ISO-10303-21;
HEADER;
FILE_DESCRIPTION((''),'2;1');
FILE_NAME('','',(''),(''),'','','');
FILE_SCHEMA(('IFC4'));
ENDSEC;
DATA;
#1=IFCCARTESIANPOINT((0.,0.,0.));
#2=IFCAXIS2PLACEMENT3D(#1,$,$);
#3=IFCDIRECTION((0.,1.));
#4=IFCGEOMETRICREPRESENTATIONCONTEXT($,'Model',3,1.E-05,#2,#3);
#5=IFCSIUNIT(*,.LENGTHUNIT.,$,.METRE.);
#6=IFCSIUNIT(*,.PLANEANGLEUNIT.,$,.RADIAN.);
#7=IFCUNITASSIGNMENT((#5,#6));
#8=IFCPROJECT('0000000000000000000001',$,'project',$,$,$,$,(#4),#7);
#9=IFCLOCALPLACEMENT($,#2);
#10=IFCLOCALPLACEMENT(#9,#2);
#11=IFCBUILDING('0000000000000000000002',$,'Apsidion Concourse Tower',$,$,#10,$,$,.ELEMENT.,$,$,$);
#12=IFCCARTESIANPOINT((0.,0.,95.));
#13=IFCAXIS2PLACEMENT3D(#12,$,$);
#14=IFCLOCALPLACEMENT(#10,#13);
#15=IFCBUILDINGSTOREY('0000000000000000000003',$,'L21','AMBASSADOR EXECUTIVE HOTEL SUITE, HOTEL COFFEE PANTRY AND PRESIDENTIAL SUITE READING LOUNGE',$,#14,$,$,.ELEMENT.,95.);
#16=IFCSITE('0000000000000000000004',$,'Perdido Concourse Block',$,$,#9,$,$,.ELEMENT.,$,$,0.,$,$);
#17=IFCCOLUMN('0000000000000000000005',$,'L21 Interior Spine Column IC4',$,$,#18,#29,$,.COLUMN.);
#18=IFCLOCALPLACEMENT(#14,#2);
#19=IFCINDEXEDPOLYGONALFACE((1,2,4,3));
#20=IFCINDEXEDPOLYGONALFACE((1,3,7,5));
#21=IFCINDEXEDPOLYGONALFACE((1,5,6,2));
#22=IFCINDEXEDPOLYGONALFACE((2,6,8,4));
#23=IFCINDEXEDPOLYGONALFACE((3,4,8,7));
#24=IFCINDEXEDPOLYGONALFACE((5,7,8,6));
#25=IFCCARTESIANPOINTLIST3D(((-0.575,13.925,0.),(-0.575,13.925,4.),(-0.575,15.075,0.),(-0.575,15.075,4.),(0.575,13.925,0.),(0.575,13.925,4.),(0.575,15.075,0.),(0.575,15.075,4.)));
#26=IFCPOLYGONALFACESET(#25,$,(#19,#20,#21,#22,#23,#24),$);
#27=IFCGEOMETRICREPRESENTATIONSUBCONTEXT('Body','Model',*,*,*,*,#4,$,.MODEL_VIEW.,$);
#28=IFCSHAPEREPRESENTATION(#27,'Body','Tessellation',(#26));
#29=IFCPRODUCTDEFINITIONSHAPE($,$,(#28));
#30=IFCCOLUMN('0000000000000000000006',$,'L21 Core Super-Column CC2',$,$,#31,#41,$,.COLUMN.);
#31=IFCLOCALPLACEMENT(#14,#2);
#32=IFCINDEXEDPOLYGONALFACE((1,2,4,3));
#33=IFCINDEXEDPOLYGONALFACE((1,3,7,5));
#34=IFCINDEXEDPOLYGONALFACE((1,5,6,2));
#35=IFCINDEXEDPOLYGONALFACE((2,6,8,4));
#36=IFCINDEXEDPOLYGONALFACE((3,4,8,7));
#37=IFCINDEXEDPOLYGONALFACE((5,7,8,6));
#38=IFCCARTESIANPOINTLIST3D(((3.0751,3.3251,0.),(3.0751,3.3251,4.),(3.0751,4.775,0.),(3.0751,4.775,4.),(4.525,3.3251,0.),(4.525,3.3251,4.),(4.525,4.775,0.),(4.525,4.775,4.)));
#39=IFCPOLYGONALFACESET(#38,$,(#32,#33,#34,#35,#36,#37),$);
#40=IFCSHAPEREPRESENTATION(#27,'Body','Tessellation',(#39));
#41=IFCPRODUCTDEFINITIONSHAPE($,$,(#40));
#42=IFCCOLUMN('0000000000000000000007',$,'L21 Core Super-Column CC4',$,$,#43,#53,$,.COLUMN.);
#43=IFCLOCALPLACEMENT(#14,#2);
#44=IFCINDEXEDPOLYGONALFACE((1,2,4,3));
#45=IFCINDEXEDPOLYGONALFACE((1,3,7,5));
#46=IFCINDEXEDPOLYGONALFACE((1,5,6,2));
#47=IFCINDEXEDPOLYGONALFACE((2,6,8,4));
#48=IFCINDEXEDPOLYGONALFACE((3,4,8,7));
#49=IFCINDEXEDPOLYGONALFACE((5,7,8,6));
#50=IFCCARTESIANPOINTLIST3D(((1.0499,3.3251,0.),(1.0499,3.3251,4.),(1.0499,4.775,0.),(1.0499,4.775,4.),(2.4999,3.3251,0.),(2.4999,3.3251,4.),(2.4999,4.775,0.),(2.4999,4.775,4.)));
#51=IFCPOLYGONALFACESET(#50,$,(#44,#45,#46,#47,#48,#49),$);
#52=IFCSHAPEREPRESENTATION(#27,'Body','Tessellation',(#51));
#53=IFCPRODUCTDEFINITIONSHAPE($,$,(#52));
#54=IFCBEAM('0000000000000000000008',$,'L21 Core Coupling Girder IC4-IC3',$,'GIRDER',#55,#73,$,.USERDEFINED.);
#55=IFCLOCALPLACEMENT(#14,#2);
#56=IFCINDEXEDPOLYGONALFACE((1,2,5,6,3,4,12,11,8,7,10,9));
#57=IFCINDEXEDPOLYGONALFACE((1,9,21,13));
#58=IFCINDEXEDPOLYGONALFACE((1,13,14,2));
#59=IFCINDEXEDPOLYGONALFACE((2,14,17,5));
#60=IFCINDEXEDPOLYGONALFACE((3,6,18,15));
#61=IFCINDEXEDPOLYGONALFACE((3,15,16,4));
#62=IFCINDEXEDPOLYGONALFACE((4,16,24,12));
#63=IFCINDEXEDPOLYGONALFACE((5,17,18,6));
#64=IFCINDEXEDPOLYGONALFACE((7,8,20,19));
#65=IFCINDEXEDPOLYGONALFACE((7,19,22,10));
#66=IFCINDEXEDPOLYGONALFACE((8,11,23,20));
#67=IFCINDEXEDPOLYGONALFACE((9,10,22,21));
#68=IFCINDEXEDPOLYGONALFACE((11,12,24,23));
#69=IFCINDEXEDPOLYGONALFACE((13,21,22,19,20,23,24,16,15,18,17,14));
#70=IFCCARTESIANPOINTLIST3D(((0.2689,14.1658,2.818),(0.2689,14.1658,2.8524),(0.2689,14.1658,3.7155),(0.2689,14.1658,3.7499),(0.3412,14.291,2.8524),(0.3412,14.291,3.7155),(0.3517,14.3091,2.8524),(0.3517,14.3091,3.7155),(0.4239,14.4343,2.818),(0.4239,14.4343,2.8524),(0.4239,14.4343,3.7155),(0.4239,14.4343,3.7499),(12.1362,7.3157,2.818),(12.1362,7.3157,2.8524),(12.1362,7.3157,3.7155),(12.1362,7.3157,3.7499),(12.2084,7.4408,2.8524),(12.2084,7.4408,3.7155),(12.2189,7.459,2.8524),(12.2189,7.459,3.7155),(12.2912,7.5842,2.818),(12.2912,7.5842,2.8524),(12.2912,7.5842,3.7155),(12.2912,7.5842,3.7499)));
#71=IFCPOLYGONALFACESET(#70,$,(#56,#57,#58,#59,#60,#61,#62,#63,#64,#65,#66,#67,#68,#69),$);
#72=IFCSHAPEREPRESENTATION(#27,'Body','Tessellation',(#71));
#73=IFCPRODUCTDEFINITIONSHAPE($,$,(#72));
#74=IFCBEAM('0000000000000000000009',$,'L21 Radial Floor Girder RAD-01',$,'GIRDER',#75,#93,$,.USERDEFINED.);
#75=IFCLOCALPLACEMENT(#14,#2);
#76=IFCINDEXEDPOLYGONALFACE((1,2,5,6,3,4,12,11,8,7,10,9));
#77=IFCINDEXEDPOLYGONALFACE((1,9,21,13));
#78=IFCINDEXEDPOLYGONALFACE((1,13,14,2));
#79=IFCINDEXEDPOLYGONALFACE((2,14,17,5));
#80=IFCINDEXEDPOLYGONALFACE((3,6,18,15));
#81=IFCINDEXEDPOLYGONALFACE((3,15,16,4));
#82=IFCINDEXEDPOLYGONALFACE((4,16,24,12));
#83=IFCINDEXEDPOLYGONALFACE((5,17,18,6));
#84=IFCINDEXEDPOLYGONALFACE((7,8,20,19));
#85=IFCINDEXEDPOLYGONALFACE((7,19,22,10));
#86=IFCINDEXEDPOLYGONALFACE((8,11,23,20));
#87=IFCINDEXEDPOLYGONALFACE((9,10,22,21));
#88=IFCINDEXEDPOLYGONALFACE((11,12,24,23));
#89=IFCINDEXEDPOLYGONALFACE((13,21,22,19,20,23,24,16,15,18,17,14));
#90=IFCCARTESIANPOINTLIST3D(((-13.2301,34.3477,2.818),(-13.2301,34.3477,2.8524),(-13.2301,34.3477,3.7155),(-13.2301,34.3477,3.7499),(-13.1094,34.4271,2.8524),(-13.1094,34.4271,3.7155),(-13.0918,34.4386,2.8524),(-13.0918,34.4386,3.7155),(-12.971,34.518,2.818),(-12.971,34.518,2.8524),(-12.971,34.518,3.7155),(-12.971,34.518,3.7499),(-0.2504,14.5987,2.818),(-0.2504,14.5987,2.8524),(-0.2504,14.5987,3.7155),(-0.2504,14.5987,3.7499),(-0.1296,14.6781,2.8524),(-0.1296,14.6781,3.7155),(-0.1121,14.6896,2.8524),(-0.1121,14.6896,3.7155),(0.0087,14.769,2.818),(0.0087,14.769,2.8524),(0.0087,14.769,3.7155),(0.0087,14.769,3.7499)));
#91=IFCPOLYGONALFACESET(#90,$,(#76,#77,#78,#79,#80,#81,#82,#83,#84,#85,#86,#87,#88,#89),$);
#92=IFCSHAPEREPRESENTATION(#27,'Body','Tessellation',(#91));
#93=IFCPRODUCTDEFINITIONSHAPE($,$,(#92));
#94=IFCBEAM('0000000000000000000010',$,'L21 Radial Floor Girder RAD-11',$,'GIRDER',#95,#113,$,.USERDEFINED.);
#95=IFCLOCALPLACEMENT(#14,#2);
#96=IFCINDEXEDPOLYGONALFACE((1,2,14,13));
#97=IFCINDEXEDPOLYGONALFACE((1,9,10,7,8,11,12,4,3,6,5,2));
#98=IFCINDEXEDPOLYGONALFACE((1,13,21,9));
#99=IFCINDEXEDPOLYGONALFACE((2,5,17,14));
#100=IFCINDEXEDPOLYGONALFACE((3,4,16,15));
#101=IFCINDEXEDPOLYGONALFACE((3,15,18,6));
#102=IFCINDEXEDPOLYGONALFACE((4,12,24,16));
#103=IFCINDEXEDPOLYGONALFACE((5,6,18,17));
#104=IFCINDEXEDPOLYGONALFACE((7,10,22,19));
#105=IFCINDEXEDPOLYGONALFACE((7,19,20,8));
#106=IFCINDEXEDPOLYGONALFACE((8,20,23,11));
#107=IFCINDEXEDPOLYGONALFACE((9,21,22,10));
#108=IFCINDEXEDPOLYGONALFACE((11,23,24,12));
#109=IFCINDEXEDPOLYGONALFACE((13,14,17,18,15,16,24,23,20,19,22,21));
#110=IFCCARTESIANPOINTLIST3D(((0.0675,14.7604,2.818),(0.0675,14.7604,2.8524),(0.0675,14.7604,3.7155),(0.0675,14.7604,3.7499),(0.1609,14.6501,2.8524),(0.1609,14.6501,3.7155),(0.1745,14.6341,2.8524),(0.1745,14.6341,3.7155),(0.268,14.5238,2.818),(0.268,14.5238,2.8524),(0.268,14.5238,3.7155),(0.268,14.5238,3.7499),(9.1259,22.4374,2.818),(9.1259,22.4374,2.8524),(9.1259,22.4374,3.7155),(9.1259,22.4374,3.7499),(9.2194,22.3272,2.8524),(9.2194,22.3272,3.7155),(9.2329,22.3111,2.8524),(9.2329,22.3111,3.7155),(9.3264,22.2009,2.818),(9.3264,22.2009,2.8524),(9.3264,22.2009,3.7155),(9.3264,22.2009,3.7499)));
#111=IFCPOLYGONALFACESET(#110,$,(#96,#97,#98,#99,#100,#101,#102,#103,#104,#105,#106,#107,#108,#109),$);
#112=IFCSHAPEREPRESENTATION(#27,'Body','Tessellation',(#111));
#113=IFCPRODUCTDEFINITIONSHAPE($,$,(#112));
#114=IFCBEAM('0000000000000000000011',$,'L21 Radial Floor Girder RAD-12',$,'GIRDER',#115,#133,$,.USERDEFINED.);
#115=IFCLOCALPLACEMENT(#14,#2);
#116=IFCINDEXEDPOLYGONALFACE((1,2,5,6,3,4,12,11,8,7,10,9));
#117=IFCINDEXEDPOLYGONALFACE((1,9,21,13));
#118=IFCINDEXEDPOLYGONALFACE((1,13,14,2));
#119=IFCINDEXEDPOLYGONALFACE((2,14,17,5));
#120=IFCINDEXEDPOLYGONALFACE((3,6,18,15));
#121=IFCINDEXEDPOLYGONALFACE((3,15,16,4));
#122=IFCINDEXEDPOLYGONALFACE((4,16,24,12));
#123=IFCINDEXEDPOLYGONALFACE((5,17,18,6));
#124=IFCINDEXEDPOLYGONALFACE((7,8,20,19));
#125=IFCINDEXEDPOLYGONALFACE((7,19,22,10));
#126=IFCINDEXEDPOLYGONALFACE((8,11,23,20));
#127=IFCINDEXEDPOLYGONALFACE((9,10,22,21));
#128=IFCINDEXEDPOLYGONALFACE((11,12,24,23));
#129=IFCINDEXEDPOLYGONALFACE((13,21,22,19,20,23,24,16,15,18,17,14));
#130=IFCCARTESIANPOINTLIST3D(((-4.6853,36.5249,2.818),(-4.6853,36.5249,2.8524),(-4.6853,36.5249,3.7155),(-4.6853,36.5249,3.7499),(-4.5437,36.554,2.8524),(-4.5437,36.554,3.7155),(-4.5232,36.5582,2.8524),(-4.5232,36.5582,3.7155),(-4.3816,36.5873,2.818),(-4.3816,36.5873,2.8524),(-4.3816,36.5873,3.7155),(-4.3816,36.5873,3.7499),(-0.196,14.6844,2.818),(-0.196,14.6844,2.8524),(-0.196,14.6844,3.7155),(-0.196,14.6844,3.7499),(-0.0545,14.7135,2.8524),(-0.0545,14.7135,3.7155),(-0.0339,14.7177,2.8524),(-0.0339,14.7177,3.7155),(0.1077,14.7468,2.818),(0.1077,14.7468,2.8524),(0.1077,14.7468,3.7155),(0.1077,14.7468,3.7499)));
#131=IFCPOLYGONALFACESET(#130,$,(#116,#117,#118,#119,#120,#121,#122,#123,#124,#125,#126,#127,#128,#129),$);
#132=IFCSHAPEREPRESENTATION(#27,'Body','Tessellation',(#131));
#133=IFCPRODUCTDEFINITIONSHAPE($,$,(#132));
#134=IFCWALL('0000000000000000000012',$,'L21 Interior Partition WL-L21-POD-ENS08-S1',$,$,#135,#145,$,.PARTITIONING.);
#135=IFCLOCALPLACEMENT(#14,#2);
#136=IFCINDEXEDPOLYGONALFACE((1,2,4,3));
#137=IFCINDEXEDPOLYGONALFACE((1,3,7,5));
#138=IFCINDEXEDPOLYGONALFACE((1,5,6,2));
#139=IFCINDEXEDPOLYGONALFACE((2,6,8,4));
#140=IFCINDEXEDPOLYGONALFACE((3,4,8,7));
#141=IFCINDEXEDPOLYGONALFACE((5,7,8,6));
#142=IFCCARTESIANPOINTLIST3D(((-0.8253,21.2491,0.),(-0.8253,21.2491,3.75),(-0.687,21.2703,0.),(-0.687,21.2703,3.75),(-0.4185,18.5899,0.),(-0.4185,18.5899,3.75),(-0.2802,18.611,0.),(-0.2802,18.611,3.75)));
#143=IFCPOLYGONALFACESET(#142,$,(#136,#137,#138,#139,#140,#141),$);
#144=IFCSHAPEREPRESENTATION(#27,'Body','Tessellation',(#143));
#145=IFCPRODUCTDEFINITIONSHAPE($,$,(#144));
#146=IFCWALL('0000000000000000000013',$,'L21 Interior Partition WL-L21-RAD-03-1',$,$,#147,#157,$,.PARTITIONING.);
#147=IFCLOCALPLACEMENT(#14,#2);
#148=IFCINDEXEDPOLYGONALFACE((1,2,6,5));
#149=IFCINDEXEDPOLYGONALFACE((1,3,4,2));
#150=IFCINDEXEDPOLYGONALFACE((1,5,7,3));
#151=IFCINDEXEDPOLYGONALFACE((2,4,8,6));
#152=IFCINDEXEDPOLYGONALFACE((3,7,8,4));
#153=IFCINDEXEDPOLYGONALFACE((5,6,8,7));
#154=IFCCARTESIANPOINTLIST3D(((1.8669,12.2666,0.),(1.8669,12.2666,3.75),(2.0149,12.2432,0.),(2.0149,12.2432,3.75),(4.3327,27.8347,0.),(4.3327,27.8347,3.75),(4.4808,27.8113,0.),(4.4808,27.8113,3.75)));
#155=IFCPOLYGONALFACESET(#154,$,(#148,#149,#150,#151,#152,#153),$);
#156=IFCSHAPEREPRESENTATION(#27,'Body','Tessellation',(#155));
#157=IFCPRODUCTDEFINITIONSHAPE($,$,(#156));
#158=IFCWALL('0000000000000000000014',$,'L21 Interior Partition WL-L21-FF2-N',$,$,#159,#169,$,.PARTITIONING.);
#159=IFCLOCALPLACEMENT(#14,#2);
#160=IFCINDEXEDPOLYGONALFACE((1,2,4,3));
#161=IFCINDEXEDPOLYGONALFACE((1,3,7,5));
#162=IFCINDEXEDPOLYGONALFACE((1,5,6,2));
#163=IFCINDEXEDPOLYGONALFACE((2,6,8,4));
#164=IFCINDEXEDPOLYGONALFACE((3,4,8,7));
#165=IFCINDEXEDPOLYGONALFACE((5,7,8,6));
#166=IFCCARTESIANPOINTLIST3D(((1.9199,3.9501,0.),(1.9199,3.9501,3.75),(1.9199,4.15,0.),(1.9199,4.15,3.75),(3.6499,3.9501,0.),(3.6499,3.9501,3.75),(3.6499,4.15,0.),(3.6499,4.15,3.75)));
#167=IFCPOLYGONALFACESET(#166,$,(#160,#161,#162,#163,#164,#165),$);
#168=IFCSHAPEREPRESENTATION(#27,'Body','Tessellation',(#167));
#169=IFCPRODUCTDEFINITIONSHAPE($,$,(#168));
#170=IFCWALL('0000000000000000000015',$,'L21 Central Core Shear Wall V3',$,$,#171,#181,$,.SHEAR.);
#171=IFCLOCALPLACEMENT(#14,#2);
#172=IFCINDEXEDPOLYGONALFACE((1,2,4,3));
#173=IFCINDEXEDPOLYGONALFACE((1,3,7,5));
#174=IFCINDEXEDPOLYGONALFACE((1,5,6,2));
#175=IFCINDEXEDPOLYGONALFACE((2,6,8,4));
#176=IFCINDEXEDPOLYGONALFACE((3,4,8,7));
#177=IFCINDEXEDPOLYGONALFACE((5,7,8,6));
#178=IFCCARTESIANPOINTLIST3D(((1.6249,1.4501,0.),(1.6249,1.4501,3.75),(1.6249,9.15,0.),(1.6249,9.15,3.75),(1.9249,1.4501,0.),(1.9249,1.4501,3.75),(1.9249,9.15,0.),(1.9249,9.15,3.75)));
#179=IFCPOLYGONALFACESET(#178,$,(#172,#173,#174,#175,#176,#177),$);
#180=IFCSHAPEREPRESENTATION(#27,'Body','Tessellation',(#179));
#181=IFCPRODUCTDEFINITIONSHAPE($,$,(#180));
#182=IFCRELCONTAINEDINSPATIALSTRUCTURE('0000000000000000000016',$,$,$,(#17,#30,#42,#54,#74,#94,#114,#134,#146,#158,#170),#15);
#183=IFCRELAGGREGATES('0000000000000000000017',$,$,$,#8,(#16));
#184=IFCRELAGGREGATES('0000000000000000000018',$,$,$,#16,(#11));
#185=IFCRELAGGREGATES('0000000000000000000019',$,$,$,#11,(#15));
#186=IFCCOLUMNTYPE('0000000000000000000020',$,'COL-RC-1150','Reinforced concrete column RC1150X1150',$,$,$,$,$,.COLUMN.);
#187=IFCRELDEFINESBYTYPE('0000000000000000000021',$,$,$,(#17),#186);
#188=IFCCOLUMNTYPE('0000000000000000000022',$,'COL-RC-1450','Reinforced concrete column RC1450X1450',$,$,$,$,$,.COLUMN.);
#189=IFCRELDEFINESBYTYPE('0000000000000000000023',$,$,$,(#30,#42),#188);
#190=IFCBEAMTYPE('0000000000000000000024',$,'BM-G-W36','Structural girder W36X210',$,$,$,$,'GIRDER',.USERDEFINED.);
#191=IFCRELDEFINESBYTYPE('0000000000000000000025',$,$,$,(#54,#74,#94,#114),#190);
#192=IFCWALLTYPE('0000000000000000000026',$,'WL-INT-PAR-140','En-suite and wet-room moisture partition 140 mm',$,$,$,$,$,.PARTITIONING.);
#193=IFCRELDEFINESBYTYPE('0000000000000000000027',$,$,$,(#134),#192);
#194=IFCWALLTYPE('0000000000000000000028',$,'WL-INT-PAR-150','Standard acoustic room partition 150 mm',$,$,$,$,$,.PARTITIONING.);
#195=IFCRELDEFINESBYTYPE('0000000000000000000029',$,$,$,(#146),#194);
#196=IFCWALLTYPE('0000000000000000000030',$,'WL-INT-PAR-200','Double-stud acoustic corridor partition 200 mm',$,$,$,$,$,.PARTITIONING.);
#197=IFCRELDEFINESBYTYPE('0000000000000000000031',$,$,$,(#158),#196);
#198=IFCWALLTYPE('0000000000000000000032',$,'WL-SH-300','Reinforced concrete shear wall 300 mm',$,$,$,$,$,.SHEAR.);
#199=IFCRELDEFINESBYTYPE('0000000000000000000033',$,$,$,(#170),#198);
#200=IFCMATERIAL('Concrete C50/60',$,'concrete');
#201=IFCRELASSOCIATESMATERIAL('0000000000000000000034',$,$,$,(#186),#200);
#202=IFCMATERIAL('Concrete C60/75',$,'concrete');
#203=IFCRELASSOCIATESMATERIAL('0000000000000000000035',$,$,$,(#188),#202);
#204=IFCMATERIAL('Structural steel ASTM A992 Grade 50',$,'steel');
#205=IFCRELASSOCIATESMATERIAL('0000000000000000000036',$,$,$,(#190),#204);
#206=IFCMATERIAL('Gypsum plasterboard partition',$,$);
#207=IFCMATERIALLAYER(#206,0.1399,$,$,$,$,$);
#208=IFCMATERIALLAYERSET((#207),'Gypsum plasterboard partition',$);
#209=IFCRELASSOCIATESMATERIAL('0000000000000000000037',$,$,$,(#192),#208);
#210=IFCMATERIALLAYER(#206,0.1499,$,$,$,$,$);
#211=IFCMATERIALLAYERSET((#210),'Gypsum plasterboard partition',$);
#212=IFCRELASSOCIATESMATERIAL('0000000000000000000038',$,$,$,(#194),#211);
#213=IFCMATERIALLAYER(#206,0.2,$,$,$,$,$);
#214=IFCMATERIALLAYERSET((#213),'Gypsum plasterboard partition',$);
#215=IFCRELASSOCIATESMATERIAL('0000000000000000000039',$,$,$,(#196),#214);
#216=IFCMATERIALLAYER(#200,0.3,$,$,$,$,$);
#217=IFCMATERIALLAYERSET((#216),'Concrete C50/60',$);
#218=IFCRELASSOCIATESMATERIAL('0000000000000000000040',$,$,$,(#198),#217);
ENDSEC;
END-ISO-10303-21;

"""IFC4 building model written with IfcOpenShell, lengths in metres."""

from ifc_helpers import new_model, si_unit, direction, frame, frame_2d, origin, origin_2d, place, context, subcontext, project, spatial, rectangle, i_section, extrude, material, layer, layer_set, material_profile, profile_set, type_object, element, save


model = new_model("IFC4")

# Units and contexts
model_context = context("Model", 3, precision=1e-05, world=origin(), true_north=direction((0.0, 1.0)))
body_context = subcontext(model_context, "Body", "Model", "MODEL_VIEW")
ifc_project = project(units=[si_unit("LENGTHUNIT", "METRE"), si_unit("PLANEANGLEUNIT", "RADIAN")], contexts=[model_context])

# Site, building, storey
site_placement = place(None, origin())
site = spatial("IfcSite", under=ifc_project, at=site_placement, Name="Perdido Concourse Block", CompositionType="ELEMENT", RefElevation=0.0)
building_placement = place(site_placement, origin())
building = spatial("IfcBuilding", under=site, at=building_placement, Name="Apsidion Concourse Tower", CompositionType="ELEMENT")
storey_placement = place(building_placement, frame((0.0, 0.0, 95.0)))
storey = spatial("IfcBuildingStorey", under=building, at=storey_placement, Name="L21", Description="AMBASSADOR EXECUTIVE HOTEL SUITE, HOTEL COFFEE PANTRY AND PRESIDENTIAL SUITE READING LOUNGE", CompositionType="ELEMENT", Elevation=95.0)

# Columns
ifc_material_1 = material(Name="Concrete C50/60", Category="concrete")
ifc_material_profile_1 = material_profile(ifc_material_1, rectangle(XDim=1.1499, YDim=1.1499, at=origin_2d()), Name="RC 1150x1150")
ifc_profile_set_1 = profile_set([ifc_material_profile_1], Name="Concrete C50/60")
column_type_1 = type_object("IfcColumnType", Name="COL-RC-1150", Description="Reinforced concrete column RC1150X1150", PredefinedType="COLUMN", material=ifc_profile_set_1)
column_placement = place(storey_placement, frame((0.0, 14.5, 0.0), z_axis=(0.0, 0.0, 1.0), x_axis=(1.0, 0.0, 0.0)))
element("IfcColumn", 1, at=column_placement, inside=storey, type_object=column_type_1, Name="L21 Interior Spine Column IC4", PredefinedType="COLUMN", context=body_context, shape_type="SweptSolid", body=[
    extrude(rectangle(XDim=1.1499, YDim=1.1499, at=origin_2d()), origin(), (0.0, 0.0, 1.0), 4.0),
])
ifc_material_2 = material(Name="Concrete C60/75", Category="concrete")
ifc_material_profile_2 = material_profile(ifc_material_2, rectangle(XDim=1.45, YDim=1.45, at=origin_2d()), Name="RC 1450x1450")
ifc_profile_set_2 = profile_set([ifc_material_profile_2], Name="Concrete C60/75")
column_type_2 = type_object("IfcColumnType", Name="COL-RC-1450", Description="Reinforced concrete column RC1450X1450", PredefinedType="COLUMN", material=ifc_profile_set_2)
for number, where, z_axis, x_axis, name in (
    (2, (3.8, 4.05, 0.0), (0.0, 0.0, 1.0), (1.0, 0.0, 0.0), "L21 Core Super-Column CC2"),
    (3, (1.7749, 4.05, 0.0), (0.0, 0.0, 1.0), (1.0, 0.0, 0.0), "L21 Core Super-Column CC4"),
):
    element("IfcColumn", number, at=place(storey_placement, frame(where, z_axis=z_axis, x_axis=x_axis)), inside=storey, type_object=column_type_2, Name=name, PredefinedType="COLUMN", context=body_context, shape_type="SweptSolid", body=[
        extrude(rectangle(XDim=1.45, YDim=1.45, at=origin_2d()), origin(), (0.0, 0.0, 1.0), 4.0),
    ])

# Beams
ifc_material_3 = material(Name="Structural steel ASTM A992 Grade 50", Category="steel")
ifc_material_profile_3 = material_profile(ifc_material_3, i_section(OverallWidth=0.3101, OverallDepth=0.9319, WebThickness=0.021, FlangeThickness=0.0344, at=origin_2d()), Name="W36X210")
ifc_profile_set_3 = profile_set([ifc_material_profile_3], Name="Structural steel ASTM A992 Grade 50")
beam_type = type_object("IfcBeamType", Name="BM-G-W36", Description="Structural girder W36X210", ElementType="GIRDER", PredefinedType="USERDEFINED", material=ifc_profile_set_3)
beam_1_placement = place(storey_placement, frame((0.3464, 14.3, 3.2839), z_axis=(0.86607, -0.499922, 0.0), x_axis=(0.499922, 0.86607, 0.0)))
element("IfcBeam", 4, at=beam_1_placement, inside=storey, type_object=beam_type, Name="L21 Core Coupling Girder IC4-IC3", ObjectType="GIRDER", PredefinedType="USERDEFINED", context=body_context, shape_type="SweptSolid", body=[
    extrude(i_section(OverallWidth=0.3101, OverallDepth=0.9319, WebThickness=0.021, FlangeThickness=0.0344, at=origin_2d()), origin(), (0.0, 0.0, 1.0), 13.7024),
])
beam_2_placement = place(storey_placement, frame((-0.1208, 14.6838, 3.2839), z_axis=(-0.549231, 0.83567, 0.0), x_axis=(-0.83567, -0.549231, 0.0)))
element("IfcBeam", 5, at=beam_2_placement, inside=storey, type_object=beam_type, Name="L21 Radial Floor Girder RAD-01", ObjectType="GIRDER", PredefinedType="USERDEFINED", context=body_context, shape_type="SweptSolid", body=[
    extrude(i_section(OverallWidth=0.3101, OverallDepth=0.9319, WebThickness=0.021, FlangeThickness=0.0344, at=origin_2d()), origin(), (0.0, 0.0, 1.0), 23.6326),
])
beam_3_placement = place(storey_placement, frame((0.1677, 14.6421, 3.2839), z_axis=(0.762878, 0.646543, 0.0), x_axis=(-0.646543, 0.762878, 0.0)))
element("IfcBeam", 6, at=beam_3_placement, inside=storey, type_object=beam_type, Name="L21 Radial Floor Girder RAD-11", ObjectType="GIRDER", PredefinedType="USERDEFINED", context=body_context, shape_type="SweptSolid", body=[
    extrude(i_section(OverallWidth=0.3101, OverallDepth=0.9319, WebThickness=0.021, FlangeThickness=0.0344, at=origin_2d()), origin(), (0.0, 0.0, 1.0), 11.874),
])
beam_4_placement = place(storey_placement, frame((-0.0442, 14.7156, 3.2839), z_axis=(-0.201337, 0.979522, 0.0), x_axis=(-0.979522, -0.201337, 0.0)))
element("IfcBeam", 7, at=beam_4_placement, inside=storey, type_object=beam_type, Name="L21 Radial Floor Girder RAD-12", ObjectType="GIRDER", PredefinedType="USERDEFINED", context=body_context, shape_type="SweptSolid", body=[
    extrude(i_section(OverallWidth=0.3101, OverallDepth=0.9319, WebThickness=0.021, FlangeThickness=0.0344, at=origin_2d()), origin(), (0.0, 0.0, 1.0), 22.2971),
])

# Walls
ifc_material_4 = material(Name="Gypsum plasterboard partition")
ifc_layer_1 = layer(ifc_material_4, 0.1399)
ifc_layer_set_1 = layer_set([ifc_layer_1], Name="Gypsum plasterboard partition")
wall_type_1 = type_object("IfcWallType", Name="WL-INT-PAR-140", Description="En-suite and wet-room moisture partition 140 mm", PredefinedType="PARTITIONING", material=ifc_layer_set_1)
wall_1_placement = place(storey_placement, frame((-0.3494, 18.6003, 0.0), z_axis=(0.0, 0.0, 1.0), x_axis=(-0.151198, 0.988504, 0.0)))
element("IfcWall", 8, at=wall_1_placement, inside=storey, type_object=wall_type_1, Name="L21 Interior Partition WL-L21-POD-ENS08-S1", PredefinedType="PARTITIONING", context=body_context, shape_type="SweptSolid", body=[
    extrude(rectangle(XDim=2.6902, YDim=0.1399, at=frame_2d((1.3452, 0.0))), origin(), (0.0, 0.0, 1.0), 3.75),
])
ifc_layer_2 = layer(ifc_material_4, 0.1499)
ifc_layer_set_2 = layer_set([ifc_layer_2], Name="Gypsum plasterboard partition")
wall_type_2 = type_object("IfcWallType", Name="WL-INT-PAR-150", Description="Standard acoustic room partition 150 mm", PredefinedType="PARTITIONING", material=ifc_layer_set_2)
wall_2_placement = place(storey_placement, frame((1.9409, 12.2549, 0.0), z_axis=(0.0, 0.0, 1.0), x_axis=(0.156439, 0.987688, 0.0)))
element("IfcWall", 9, at=wall_2_placement, inside=storey, type_object=wall_type_2, Name="L21 Interior Partition WL-L21-RAD-03-1", PredefinedType="PARTITIONING", context=body_context, shape_type="SweptSolid", body=[
    extrude(rectangle(XDim=15.7622, YDim=0.1499, at=frame_2d((7.8811, 0.0))), origin(), (0.0, 0.0, 1.0), 3.75),
])
ifc_layer_3 = layer(ifc_material_4, 0.2)
ifc_layer_set_3 = layer_set([ifc_layer_3], Name="Gypsum plasterboard partition")
wall_type_3 = type_object("IfcWallType", Name="WL-INT-PAR-200", Description="Double-stud acoustic corridor partition 200 mm", PredefinedType="PARTITIONING", material=ifc_layer_set_3)
wall_3_placement = place(storey_placement, frame((1.9199, 4.05, 0.0), z_axis=(0.0, 0.0, 1.0), x_axis=(1.0, 0.0, 0.0)))
element("IfcWall", 10, at=wall_3_placement, inside=storey, type_object=wall_type_3, Name="L21 Interior Partition WL-L21-FF2-N", PredefinedType="PARTITIONING", context=body_context, shape_type="SweptSolid", body=[
    extrude(rectangle(XDim=1.73, YDim=0.2, at=frame_2d((0.865, 0.0))), origin(), (0.0, 0.0, 1.0), 3.75),
])
ifc_layer_4 = layer(ifc_material_1, 0.3)
ifc_layer_set_4 = layer_set([ifc_layer_4], Name="Concrete C50/60")
wall_type_4 = type_object("IfcWallType", Name="WL-SH-300", Description="Reinforced concrete shear wall 300 mm", PredefinedType="SHEAR", material=ifc_layer_set_4)
for number, where, z_axis, x_axis, name in (
    (11, (1.7749, 1.45, 0.0), (0.0, 0.0, 1.0), (0.0, 1.0, 0.0), "L21 Central Core Shear Wall V3"),
):
    element("IfcWall", number, at=place(storey_placement, frame(where, z_axis=z_axis, x_axis=x_axis)), inside=storey, type_object=wall_type_4, Name=name, PredefinedType="SHEAR", context=body_context, shape_type="SweptSolid", body=[
        extrude(rectangle(XDim=7.7, YDim=0.3, at=frame_2d((3.8501, 0.0))), origin(), (0.0, 0.0, 1.0), 3.75),
    ])

save(model, "model.ifc")
